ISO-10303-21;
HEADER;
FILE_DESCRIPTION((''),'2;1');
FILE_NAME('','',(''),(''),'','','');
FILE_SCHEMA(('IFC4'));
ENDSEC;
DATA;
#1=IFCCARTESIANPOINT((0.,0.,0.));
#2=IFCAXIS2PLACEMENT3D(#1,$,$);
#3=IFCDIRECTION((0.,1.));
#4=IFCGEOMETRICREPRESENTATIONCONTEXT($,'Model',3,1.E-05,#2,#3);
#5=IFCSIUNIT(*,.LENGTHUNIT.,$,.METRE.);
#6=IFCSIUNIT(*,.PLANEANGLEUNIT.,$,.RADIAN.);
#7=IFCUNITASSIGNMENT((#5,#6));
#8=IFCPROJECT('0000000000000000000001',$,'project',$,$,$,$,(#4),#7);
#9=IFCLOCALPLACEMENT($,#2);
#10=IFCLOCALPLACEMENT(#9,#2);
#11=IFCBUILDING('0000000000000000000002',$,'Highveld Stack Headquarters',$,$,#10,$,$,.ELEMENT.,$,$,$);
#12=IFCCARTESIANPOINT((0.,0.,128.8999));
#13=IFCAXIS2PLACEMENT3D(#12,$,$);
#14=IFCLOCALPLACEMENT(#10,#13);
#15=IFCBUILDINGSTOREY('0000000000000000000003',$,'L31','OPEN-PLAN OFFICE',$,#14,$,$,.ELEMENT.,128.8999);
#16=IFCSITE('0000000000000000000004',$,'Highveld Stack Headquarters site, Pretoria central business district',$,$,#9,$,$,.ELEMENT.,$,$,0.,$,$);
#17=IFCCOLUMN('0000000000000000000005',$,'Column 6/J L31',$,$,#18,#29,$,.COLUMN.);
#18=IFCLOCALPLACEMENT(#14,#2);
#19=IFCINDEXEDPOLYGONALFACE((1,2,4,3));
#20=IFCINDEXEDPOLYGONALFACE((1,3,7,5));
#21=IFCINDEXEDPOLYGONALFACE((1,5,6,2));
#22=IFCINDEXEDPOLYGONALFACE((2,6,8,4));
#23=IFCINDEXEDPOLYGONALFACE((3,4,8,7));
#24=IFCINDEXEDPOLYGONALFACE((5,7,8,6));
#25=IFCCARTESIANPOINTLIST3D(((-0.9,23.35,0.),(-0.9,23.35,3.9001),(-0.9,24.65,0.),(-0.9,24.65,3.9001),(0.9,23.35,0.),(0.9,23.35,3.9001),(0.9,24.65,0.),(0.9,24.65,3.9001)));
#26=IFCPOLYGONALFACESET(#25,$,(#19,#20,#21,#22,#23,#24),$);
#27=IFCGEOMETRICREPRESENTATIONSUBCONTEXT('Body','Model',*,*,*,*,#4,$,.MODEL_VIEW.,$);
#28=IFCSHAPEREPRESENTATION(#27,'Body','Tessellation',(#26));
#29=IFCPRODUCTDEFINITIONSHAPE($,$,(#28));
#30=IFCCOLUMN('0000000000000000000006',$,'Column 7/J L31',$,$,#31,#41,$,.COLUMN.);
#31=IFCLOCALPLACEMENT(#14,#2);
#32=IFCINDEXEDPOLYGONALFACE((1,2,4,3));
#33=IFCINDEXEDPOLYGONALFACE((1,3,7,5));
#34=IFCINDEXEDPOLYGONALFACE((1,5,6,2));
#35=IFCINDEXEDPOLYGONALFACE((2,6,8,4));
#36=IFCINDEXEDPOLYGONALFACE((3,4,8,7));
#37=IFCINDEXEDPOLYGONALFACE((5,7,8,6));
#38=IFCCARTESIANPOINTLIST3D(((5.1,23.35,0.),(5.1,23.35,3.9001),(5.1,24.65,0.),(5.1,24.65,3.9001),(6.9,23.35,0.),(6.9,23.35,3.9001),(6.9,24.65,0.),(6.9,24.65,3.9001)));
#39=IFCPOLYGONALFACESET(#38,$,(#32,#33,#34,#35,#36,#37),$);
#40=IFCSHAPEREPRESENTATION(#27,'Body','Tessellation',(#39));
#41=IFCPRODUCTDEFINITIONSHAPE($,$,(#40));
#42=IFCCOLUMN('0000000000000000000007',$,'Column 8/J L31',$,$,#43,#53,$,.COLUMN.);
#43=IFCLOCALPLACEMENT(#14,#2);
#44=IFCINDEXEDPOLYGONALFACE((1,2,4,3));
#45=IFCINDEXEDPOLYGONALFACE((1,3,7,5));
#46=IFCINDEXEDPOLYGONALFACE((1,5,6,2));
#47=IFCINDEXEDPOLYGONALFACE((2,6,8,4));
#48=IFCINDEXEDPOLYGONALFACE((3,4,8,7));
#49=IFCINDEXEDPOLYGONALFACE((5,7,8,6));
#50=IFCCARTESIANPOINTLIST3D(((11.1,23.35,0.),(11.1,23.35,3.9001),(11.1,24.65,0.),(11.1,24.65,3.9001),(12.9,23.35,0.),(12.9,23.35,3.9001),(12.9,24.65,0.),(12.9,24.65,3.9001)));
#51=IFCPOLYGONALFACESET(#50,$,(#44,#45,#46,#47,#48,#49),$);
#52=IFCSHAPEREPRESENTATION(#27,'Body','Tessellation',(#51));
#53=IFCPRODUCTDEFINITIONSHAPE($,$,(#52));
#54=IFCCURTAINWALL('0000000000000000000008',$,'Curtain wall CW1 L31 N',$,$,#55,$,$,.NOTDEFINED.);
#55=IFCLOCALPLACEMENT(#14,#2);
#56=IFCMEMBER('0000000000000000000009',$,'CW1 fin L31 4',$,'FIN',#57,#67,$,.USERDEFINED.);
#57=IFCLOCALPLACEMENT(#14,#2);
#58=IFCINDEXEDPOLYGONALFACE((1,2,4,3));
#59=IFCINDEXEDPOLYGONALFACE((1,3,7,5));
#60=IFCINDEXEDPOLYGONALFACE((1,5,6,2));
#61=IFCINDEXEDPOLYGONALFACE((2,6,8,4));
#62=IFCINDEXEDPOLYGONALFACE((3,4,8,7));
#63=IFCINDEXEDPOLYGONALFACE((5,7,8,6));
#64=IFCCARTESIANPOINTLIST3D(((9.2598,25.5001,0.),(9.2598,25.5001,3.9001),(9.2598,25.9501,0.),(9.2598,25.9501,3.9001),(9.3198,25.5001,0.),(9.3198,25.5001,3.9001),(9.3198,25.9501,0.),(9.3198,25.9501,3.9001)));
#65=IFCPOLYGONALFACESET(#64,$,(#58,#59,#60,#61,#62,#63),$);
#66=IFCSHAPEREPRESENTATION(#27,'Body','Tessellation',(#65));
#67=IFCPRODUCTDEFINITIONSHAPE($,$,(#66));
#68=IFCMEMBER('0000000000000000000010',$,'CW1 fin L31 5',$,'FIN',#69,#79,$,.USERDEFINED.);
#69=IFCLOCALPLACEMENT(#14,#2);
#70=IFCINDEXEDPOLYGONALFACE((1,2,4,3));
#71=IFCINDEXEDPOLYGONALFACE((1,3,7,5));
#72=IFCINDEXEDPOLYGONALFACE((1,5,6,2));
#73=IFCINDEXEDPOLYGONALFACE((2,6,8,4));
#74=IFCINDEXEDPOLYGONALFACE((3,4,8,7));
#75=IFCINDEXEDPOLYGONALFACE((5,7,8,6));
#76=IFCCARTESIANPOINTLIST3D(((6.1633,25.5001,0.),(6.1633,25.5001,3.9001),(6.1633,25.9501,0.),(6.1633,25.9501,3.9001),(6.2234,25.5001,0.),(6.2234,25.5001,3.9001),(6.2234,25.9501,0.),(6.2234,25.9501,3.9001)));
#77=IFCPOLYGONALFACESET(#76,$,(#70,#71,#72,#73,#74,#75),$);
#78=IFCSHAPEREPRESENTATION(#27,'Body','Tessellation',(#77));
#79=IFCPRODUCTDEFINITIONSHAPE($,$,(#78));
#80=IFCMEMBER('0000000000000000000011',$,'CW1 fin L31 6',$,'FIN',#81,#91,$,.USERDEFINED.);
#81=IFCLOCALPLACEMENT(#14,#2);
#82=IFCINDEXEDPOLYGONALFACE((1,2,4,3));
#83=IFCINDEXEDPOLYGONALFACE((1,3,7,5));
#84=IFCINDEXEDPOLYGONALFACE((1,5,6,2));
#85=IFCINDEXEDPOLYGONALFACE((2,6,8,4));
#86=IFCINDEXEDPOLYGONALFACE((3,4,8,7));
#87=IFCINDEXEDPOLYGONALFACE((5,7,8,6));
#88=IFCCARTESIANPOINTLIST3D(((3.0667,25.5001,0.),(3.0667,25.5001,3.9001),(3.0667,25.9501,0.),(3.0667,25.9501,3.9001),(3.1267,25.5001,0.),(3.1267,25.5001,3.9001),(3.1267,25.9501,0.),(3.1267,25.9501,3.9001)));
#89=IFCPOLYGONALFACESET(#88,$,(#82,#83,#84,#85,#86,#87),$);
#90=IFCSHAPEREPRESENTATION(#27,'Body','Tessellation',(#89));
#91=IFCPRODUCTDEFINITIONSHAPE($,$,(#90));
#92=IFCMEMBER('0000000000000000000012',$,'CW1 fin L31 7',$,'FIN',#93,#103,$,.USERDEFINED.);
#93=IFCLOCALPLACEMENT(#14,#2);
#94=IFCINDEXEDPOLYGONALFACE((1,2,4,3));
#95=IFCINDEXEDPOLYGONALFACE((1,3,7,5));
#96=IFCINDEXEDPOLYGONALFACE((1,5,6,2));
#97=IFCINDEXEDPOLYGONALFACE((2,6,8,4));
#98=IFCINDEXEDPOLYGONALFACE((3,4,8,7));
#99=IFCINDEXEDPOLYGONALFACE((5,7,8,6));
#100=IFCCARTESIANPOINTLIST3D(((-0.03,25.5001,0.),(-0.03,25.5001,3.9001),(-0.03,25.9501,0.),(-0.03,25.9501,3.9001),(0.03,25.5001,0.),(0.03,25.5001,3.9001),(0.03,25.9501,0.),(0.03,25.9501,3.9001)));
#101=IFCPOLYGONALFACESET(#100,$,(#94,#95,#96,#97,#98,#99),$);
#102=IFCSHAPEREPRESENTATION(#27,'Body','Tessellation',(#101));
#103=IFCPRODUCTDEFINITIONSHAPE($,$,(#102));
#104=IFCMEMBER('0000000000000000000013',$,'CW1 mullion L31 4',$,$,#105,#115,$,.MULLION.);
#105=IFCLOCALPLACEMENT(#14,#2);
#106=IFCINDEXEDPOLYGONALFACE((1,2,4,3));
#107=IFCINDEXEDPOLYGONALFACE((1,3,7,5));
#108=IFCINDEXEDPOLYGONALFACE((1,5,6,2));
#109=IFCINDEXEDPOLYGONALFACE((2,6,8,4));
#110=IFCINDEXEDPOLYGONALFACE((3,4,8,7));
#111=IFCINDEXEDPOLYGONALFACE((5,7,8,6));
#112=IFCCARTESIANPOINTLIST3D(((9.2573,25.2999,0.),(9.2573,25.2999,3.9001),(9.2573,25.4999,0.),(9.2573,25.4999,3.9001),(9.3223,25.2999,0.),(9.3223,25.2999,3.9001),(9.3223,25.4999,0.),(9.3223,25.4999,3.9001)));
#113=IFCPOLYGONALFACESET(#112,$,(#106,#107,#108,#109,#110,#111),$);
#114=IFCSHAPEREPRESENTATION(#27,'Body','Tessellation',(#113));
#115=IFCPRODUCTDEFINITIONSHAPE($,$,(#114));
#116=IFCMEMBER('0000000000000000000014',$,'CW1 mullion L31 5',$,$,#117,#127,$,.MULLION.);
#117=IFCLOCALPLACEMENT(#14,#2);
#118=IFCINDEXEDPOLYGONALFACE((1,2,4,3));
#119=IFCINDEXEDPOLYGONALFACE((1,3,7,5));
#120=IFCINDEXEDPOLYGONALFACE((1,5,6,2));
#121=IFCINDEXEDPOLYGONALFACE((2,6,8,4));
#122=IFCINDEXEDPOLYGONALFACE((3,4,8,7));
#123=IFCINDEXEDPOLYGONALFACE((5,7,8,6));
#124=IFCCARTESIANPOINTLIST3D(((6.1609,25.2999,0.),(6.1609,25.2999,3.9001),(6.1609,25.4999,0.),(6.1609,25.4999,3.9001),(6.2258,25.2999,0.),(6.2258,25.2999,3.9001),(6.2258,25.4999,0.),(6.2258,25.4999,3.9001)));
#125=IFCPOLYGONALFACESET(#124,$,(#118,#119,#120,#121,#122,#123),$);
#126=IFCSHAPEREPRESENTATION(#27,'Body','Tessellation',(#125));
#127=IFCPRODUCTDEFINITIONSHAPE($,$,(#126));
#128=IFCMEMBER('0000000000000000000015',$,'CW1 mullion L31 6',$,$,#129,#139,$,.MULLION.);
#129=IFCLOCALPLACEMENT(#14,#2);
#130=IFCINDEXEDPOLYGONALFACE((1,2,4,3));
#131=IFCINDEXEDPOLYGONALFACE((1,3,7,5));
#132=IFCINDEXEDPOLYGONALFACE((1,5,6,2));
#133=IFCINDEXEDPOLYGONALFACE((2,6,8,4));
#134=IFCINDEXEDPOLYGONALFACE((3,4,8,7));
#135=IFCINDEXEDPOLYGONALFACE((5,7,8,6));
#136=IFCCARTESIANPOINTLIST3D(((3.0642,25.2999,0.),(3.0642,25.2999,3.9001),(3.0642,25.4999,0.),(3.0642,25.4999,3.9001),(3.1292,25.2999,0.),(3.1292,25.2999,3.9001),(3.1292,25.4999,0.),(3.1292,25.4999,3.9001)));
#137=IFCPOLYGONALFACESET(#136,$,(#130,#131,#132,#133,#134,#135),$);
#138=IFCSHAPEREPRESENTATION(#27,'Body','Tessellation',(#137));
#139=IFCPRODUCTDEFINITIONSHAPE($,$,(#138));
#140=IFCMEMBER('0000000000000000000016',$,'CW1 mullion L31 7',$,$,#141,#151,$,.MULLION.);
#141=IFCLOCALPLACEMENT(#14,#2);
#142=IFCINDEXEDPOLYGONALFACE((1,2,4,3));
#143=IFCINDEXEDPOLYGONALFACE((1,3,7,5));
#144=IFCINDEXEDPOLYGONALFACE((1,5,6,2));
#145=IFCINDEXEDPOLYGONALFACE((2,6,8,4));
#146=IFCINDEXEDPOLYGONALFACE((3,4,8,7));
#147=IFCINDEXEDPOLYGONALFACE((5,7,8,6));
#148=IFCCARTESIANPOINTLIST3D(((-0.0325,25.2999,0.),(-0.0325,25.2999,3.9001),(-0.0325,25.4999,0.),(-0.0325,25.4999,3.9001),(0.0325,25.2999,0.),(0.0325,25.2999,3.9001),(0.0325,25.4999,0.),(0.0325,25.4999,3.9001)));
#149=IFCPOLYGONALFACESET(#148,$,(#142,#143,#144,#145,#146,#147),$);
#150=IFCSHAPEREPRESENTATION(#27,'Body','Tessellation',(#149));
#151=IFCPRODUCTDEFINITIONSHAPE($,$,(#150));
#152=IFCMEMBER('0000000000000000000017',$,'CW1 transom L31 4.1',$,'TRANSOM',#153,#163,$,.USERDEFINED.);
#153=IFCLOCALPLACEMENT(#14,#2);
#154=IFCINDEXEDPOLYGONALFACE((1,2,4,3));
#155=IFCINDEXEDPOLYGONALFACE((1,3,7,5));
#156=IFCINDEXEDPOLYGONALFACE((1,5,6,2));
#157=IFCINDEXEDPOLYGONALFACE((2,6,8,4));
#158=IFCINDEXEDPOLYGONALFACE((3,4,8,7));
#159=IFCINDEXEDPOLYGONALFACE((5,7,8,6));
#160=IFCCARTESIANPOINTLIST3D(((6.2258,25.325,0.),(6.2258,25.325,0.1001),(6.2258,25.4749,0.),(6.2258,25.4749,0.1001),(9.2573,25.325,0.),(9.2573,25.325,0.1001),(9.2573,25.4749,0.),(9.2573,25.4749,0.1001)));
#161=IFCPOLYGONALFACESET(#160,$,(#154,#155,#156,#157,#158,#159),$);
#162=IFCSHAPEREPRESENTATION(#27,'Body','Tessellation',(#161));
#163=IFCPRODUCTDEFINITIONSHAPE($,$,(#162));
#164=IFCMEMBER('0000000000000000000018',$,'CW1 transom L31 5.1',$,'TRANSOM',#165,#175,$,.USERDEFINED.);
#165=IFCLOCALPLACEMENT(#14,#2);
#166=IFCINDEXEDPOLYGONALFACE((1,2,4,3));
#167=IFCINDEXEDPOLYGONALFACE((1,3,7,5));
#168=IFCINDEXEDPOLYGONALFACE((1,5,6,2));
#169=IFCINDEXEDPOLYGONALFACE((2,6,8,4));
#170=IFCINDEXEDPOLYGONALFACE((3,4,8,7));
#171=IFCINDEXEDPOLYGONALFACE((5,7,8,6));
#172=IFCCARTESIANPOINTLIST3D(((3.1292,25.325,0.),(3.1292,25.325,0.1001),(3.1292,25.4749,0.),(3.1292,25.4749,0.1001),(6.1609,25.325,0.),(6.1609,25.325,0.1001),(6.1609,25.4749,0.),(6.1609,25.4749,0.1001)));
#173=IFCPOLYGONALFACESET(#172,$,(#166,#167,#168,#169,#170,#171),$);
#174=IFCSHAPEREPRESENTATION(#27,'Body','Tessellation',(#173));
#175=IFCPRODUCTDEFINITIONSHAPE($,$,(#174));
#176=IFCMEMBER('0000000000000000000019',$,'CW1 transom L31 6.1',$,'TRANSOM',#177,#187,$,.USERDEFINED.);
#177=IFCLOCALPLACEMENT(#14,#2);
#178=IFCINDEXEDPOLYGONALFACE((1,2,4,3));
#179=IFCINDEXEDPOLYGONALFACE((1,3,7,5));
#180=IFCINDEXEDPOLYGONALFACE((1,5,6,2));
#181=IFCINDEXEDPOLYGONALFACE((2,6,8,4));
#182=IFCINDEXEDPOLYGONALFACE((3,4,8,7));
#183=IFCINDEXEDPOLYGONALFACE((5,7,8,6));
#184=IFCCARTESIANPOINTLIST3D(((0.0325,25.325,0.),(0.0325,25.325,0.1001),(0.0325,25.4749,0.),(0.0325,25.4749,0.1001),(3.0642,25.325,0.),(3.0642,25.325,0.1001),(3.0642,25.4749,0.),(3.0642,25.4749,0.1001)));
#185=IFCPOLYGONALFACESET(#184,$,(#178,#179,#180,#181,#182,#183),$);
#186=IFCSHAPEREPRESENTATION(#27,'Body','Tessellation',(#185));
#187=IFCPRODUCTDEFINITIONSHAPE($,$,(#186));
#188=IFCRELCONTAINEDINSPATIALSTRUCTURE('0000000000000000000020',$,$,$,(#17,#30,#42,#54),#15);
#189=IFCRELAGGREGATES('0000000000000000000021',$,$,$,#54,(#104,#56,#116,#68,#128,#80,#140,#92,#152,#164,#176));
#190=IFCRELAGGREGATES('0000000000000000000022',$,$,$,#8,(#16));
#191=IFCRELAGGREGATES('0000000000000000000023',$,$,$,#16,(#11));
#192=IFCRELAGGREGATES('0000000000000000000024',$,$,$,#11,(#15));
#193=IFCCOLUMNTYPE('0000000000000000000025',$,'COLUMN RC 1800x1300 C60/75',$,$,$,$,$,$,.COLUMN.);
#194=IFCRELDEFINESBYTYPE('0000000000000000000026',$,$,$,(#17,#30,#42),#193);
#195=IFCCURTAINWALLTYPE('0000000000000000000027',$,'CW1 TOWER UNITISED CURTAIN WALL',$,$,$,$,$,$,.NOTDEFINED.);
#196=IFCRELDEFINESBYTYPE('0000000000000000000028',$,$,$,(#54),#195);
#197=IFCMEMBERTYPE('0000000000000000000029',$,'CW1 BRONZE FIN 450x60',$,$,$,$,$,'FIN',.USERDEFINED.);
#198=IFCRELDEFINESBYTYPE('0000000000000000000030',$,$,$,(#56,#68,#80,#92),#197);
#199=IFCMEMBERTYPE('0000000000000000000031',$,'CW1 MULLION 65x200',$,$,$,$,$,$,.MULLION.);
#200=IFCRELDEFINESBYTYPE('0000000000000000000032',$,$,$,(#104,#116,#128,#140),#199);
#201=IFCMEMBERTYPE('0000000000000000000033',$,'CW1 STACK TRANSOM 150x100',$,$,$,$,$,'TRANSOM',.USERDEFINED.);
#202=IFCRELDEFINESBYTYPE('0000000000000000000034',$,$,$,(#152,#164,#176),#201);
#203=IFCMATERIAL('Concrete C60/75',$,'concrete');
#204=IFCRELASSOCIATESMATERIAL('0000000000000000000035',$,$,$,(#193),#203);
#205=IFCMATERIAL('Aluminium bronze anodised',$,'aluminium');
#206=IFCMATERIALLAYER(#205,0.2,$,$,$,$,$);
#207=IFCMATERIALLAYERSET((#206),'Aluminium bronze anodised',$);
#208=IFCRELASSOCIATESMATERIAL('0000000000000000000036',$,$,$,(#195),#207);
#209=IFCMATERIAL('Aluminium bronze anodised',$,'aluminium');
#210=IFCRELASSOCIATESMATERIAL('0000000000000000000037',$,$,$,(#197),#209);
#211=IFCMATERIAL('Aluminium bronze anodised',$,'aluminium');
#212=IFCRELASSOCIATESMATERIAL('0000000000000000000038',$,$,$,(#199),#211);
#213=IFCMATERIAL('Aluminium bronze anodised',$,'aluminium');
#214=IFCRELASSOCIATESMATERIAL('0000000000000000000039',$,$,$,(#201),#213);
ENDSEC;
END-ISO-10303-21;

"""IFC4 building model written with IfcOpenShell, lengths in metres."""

from ifc_helpers import new_model, si_unit, direction, frame, origin, origin_2d, place, context, subcontext, project, spatial, rectangle, extrude, material, layer, layer_set, material_profile, profile_set, type_object, element, aggregate, save


model = new_model("IFC4")

# Units and contexts
model_context = context("Model", 3, precision=1e-05, world=origin(), true_north=direction((0.0, 1.0)))
body_context = subcontext(model_context, "Body", "Model", "MODEL_VIEW")
ifc_project = project(units=[si_unit("LENGTHUNIT", "METRE"), si_unit("PLANEANGLEUNIT", "RADIAN")], contexts=[model_context])

# Site, building, storey
site_placement = place(None, origin())
site = spatial("IfcSite", under=ifc_project, at=site_placement, Name="Highveld Stack Headquarters site, Pretoria central business district", CompositionType="ELEMENT", RefElevation=0.0)
building_placement = place(site_placement, origin())
building = spatial("IfcBuilding", under=site, at=building_placement, Name="Highveld Stack Headquarters", CompositionType="ELEMENT")
storey_placement = place(building_placement, frame((0.0, 0.0, 128.8999)))
storey = spatial("IfcBuildingStorey", under=building, at=storey_placement, Name="L31", Description="OPEN-PLAN OFFICE", CompositionType="ELEMENT", Elevation=128.8999)

# Columns
ifc_material_1 = material(Name="Concrete C60/75", Category="concrete")
ifc_material_profile_1 = material_profile(ifc_material_1, rectangle(XDim=1.8, YDim=1.3, at=origin_2d()), Name="RC 1800x1300")
ifc_profile_set_1 = profile_set([ifc_material_profile_1], Name="Concrete C60/75")
column_type = type_object("IfcColumnType", Name="COLUMN RC 1800x1300 C60/75", PredefinedType="COLUMN", material=ifc_profile_set_1)
for number, where, z_axis, x_axis, name in (
    (1, (0.0, 24.0, 0.0), (0.0, 0.0, 1.0), (1.0, 0.0, 0.0), "Column 6/J L31"),
    (2, (6.0, 24.0, 0.0), (0.0, 0.0, 1.0), (1.0, 0.0, 0.0), "Column 7/J L31"),
    (3, (12.0, 24.0, 0.0), (0.0, 0.0, 1.0), (1.0, 0.0, 0.0), "Column 8/J L31"),
):
    element("IfcColumn", number, at=place(storey_placement, frame(where, z_axis=z_axis, x_axis=x_axis)), inside=storey, type_object=column_type, Name=name, PredefinedType="COLUMN", context=body_context, shape_type="SweptSolid", body=[
        extrude(rectangle(XDim=1.8, YDim=1.3, at=origin_2d()), origin(), (0.0, 0.0, 1.0), 3.9001),
    ])

# Curtain wall, members
ifc_material_2 = material(Name="Aluminium bronze anodised", Category="aluminium")
ifc_layer_1 = layer(ifc_material_2, 0.2)
ifc_layer_set_1 = layer_set([ifc_layer_1], Name="Aluminium bronze anodised")
curtain_wall_type = type_object("IfcCurtainWallType", Name="CW1 TOWER UNITISED CURTAIN WALL", PredefinedType="NOTDEFINED", material=ifc_layer_set_1)
curtain_wall_placement = place(storey_placement, origin())
curtain_wall = element("IfcCurtainWall", 4, at=curtain_wall_placement, inside=storey, type_object=curtain_wall_type, Name="Curtain wall CW1 L31 N", PredefinedType="NOTDEFINED")
ifc_material_3 = material(Name="Aluminium bronze anodised", Category="aluminium")
ifc_material_profile_2 = material_profile(ifc_material_3, rectangle(XDim=0.45, YDim=0.0601, at=origin_2d()), Name="FIN 450x60")
ifc_profile_set_2 = profile_set([ifc_material_profile_2], Name="Aluminium bronze anodised")
member_type_1 = type_object("IfcMemberType", Name="CW1 BRONZE FIN 450x60", ElementType="FIN", PredefinedType="USERDEFINED", material=ifc_profile_set_2)
member_1_placement = place(storey_placement, frame((9.2898, 25.7251, 0.0), z_axis=(0.0, 0.0, 1.0), x_axis=(0.0, -1.0, 0.0)))
member_1 = element("IfcMember", 5, at=member_1_placement, type_object=member_type_1, Name="CW1 fin L31 4", ObjectType="FIN", PredefinedType="USERDEFINED", context=body_context, shape_type="SweptSolid", body=[
    extrude(rectangle(XDim=0.45, YDim=0.0601, at=origin_2d()), origin(), (0.0, 0.0, 1.0), 3.9001),
])
member_2_placement = place(storey_placement, frame((6.1934, 25.7251, 0.0), z_axis=(0.0, 0.0, 1.0), x_axis=(0.0, -1.0, 0.0)))
member_2 = element("IfcMember", 6, at=member_2_placement, type_object=member_type_1, Name="CW1 fin L31 5", ObjectType="FIN", PredefinedType="USERDEFINED", context=body_context, shape_type="SweptSolid", body=[
    extrude(rectangle(XDim=0.45, YDim=0.0601, at=origin_2d()), origin(), (0.0, 0.0, 1.0), 3.9001),
])
member_3_placement = place(storey_placement, frame((3.0967, 25.7251, 0.0), z_axis=(0.0, 0.0, 1.0), x_axis=(0.0, -1.0, 0.0)))
member_3 = element("IfcMember", 7, at=member_3_placement, type_object=member_type_1, Name="CW1 fin L31 6", ObjectType="FIN", PredefinedType="USERDEFINED", context=body_context, shape_type="SweptSolid", body=[
    extrude(rectangle(XDim=0.45, YDim=0.0601, at=origin_2d()), origin(), (0.0, 0.0, 1.0), 3.9001),
])
member_4_placement = place(storey_placement, frame((0.0, 25.7251, 0.0), z_axis=(0.0, 0.0, 1.0), x_axis=(0.0, -1.0, 0.0)))
member_4 = element("IfcMember", 8, at=member_4_placement, type_object=member_type_1, Name="CW1 fin L31 7", ObjectType="FIN", PredefinedType="USERDEFINED", context=body_context, shape_type="SweptSolid", body=[
    extrude(rectangle(XDim=0.45, YDim=0.0601, at=origin_2d()), origin(), (0.0, 0.0, 1.0), 3.9001),
])
ifc_material_4 = material(Name="Aluminium bronze anodised", Category="aluminium")
ifc_material_profile_3 = material_profile(ifc_material_4, rectangle(XDim=0.2, YDim=0.0649, at=origin_2d()), Name="CW1 MULLION 65x200")
ifc_profile_set_3 = profile_set([ifc_material_profile_3], Name="Aluminium bronze anodised")
member_type_2 = type_object("IfcMemberType", Name="CW1 MULLION 65x200", PredefinedType="MULLION", material=ifc_profile_set_3)
member_5_placement = place(storey_placement, frame((9.2898, 25.3999, 0.0), z_axis=(0.0, 0.0, 1.0), x_axis=(0.0, -1.0, 0.0)))
member_5 = element("IfcMember", 9, at=member_5_placement, type_object=member_type_2, Name="CW1 mullion L31 4", PredefinedType="MULLION", context=body_context, shape_type="SweptSolid", body=[
    extrude(rectangle(XDim=0.2, YDim=0.0649, at=origin_2d()), origin(), (0.0, 0.0, 1.0), 3.9001),
])
member_6_placement = place(storey_placement, frame((6.1934, 25.3999, 0.0), z_axis=(0.0, 0.0, 1.0), x_axis=(0.0, -1.0, 0.0)))
member_6 = element("IfcMember", 10, at=member_6_placement, type_object=member_type_2, Name="CW1 mullion L31 5", PredefinedType="MULLION", context=body_context, shape_type="SweptSolid", body=[
    extrude(rectangle(XDim=0.2, YDim=0.0649, at=origin_2d()), origin(), (0.0, 0.0, 1.0), 3.9001),
])
member_7_placement = place(storey_placement, frame((3.0967, 25.3999, 0.0), z_axis=(0.0, 0.0, 1.0), x_axis=(0.0, -1.0, 0.0)))
member_7 = element("IfcMember", 11, at=member_7_placement, type_object=member_type_2, Name="CW1 mullion L31 6", PredefinedType="MULLION", context=body_context, shape_type="SweptSolid", body=[
    extrude(rectangle(XDim=0.2, YDim=0.0649, at=origin_2d()), origin(), (0.0, 0.0, 1.0), 3.9001),
])
member_8_placement = place(storey_placement, frame((0.0, 25.3999, 0.0), z_axis=(0.0, 0.0, 1.0), x_axis=(0.0, -1.0, 0.0)))
member_8 = element("IfcMember", 12, at=member_8_placement, type_object=member_type_2, Name="CW1 mullion L31 7", PredefinedType="MULLION", context=body_context, shape_type="SweptSolid", body=[
    extrude(rectangle(XDim=0.2, YDim=0.0649, at=origin_2d()), origin(), (0.0, 0.0, 1.0), 3.9001),
])
ifc_material_5 = material(Name="Aluminium bronze anodised", Category="aluminium")
ifc_material_profile_4 = material_profile(ifc_material_5, rectangle(XDim=0.1499, YDim=0.1001, at=origin_2d()), Name="CW1 TRANSOM 150x100")
ifc_profile_set_4 = profile_set([ifc_material_profile_4], Name="Aluminium bronze anodised")
member_type_3 = type_object("IfcMemberType", Name="CW1 STACK TRANSOM 150x100", ElementType="TRANSOM", PredefinedType="USERDEFINED", material=ifc_profile_set_4)
member_9_placement = place(storey_placement, frame((9.2573, 25.3999, 0.05), z_axis=(-1.0, 0.0, 0.0), x_axis=(0.0, -1.0, 0.0)))
member_9 = element("IfcMember", 13, at=member_9_placement, type_object=member_type_3, Name="CW1 transom L31 4.1", ObjectType="TRANSOM", PredefinedType="USERDEFINED", context=body_context, shape_type="SweptSolid", body=[
    extrude(rectangle(XDim=0.1499, YDim=0.1001, at=origin_2d()), origin(), (0.0, 0.0, 1.0), 3.0315),
])
member_10_placement = place(storey_placement, frame((6.1609, 25.3999, 0.05), z_axis=(-1.0, 0.0, 0.0), x_axis=(0.0, -1.0, 0.0)))
member_10 = element("IfcMember", 14, at=member_10_placement, type_object=member_type_3, Name="CW1 transom L31 5.1", ObjectType="TRANSOM", PredefinedType="USERDEFINED", context=body_context, shape_type="SweptSolid", body=[
    extrude(rectangle(XDim=0.1499, YDim=0.1001, at=origin_2d()), origin(), (0.0, 0.0, 1.0), 3.0317),
])
member_11_placement = place(storey_placement, frame((3.0642, 25.3999, 0.05), z_axis=(-1.0, 0.0, 0.0), x_axis=(0.0, -1.0, 0.0)))
member_11 = element("IfcMember", 15, at=member_11_placement, type_object=member_type_3, Name="CW1 transom L31 6.1", ObjectType="TRANSOM", PredefinedType="USERDEFINED", context=body_context, shape_type="SweptSolid", body=[
    extrude(rectangle(XDim=0.1499, YDim=0.1001, at=origin_2d()), origin(), (0.0, 0.0, 1.0), 3.0317),
])
aggregate(curtain_wall, [member_5, member_1, member_6, member_2, member_7, member_3, member_8, member_4, member_9, member_10, member_11])

save(model, "model.ifc")
